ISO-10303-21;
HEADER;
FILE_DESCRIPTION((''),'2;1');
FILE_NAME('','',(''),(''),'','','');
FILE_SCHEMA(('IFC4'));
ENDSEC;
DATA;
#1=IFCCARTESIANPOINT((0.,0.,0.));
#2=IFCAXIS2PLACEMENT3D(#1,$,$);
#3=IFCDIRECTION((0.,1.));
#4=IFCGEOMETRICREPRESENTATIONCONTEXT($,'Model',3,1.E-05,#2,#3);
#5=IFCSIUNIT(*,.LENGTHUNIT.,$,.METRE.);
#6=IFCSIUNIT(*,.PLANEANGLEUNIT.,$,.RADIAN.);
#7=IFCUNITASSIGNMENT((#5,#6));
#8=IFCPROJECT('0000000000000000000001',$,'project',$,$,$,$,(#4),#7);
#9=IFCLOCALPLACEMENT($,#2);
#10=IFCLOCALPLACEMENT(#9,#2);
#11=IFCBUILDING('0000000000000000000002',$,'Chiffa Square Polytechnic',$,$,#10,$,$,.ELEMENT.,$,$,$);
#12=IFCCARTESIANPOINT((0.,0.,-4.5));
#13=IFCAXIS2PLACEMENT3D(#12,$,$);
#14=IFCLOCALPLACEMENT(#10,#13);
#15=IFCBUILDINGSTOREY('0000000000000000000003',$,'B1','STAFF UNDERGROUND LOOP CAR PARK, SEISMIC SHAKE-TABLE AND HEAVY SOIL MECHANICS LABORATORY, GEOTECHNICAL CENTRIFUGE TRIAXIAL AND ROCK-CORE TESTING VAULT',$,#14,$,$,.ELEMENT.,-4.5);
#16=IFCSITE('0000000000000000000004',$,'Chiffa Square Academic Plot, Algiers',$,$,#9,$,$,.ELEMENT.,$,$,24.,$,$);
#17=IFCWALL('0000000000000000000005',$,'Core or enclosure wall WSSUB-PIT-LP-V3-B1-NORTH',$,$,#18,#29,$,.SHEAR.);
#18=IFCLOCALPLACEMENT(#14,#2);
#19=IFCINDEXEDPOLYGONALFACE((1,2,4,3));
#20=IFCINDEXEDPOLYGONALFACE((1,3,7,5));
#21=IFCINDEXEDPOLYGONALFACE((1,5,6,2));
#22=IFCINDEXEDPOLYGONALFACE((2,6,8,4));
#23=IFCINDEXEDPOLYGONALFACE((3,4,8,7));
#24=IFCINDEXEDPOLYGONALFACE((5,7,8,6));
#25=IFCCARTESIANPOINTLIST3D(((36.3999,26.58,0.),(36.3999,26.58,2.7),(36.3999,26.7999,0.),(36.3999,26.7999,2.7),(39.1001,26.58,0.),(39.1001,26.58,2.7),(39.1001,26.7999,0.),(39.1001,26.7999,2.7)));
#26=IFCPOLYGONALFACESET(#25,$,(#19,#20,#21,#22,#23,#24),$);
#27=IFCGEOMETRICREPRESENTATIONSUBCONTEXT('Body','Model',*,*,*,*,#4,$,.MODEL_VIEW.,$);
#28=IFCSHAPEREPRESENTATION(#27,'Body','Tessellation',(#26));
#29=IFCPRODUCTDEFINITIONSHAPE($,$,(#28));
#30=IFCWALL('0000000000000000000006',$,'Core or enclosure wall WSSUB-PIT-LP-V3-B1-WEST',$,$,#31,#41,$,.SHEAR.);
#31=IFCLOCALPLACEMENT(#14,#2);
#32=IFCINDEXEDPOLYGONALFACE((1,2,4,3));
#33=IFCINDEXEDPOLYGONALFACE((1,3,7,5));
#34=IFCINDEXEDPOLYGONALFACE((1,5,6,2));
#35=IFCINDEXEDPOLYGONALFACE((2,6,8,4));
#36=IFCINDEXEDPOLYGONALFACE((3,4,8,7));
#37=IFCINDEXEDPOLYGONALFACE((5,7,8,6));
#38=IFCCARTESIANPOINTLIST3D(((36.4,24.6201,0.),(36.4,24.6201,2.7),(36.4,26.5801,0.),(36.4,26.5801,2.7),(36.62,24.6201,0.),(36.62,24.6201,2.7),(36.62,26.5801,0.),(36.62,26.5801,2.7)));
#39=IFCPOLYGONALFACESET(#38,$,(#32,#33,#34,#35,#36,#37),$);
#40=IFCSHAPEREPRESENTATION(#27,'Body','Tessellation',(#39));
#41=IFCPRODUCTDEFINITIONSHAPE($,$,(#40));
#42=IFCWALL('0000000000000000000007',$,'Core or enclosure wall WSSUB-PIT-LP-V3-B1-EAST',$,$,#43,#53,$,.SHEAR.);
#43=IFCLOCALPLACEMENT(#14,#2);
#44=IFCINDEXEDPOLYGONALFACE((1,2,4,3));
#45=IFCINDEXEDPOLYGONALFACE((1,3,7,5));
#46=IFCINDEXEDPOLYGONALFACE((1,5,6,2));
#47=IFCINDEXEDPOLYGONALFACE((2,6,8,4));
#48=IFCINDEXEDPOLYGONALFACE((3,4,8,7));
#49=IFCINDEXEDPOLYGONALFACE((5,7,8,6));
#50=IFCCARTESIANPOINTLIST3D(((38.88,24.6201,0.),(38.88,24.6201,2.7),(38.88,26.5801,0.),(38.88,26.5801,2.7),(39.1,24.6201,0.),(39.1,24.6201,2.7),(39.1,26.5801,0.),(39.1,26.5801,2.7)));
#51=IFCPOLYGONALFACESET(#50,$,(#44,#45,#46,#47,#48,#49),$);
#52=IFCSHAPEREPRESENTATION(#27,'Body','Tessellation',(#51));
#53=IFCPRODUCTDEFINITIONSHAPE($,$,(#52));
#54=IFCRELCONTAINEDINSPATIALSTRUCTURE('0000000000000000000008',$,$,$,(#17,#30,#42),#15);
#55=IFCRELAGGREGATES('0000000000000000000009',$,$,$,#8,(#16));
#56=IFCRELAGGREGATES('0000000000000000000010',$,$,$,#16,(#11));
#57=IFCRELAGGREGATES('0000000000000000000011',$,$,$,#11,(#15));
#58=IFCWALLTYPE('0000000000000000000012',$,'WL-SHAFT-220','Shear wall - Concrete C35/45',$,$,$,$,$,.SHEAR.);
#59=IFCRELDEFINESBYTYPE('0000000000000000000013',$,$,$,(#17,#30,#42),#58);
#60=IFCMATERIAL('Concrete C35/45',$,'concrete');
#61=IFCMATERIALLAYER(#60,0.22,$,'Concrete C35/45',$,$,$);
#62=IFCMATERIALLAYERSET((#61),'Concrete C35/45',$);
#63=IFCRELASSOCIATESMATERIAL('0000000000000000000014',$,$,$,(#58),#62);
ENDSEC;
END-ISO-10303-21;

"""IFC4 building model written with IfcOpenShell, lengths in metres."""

from ifc_helpers import new_model, si_unit, direction, frame, frame_2d, origin, place, context, subcontext, project, spatial, rectangle, extrude, material, layer, layer_set, type_object, element, save


model = new_model("IFC4")

# Units and contexts
model_context = context("Model", 3, precision=1e-05, world=origin(), true_north=direction((0.0, 1.0)))
body_context = subcontext(model_context, "Body", "Model", "MODEL_VIEW")
ifc_project = project(units=[si_unit("LENGTHUNIT", "METRE"), si_unit("PLANEANGLEUNIT", "RADIAN")], contexts=[model_context])

# Site, building, storey
site_placement = place(None, origin())
site = spatial("IfcSite", under=ifc_project, at=site_placement, Name="Chiffa Square Academic Plot, Algiers", CompositionType="ELEMENT", RefElevation=24.0)
building_placement = place(site_placement, origin())
building = spatial("IfcBuilding", under=site, at=building_placement, Name="Chiffa Square Polytechnic", CompositionType="ELEMENT")
storey_placement = place(building_placement, frame((0.0, 0.0, -4.5)))
storey = spatial("IfcBuildingStorey", under=building, at=storey_placement, Name="B1", Description="STAFF UNDERGROUND LOOP CAR PARK, SEISMIC SHAKE-TABLE AND HEAVY SOIL MECHANICS LABORATORY, GEOTECHNICAL CENTRIFUGE TRIAXIAL AND ROCK-CORE TESTING VAULT", CompositionType="ELEMENT", Elevation=-4.5)

# Shared definitions
ifc_material_1 = material(Name="Concrete C35/45", Category="concrete")

# Walls
ifc_layer_1 = layer(ifc_material_1, 0.22, Name="Concrete C35/45")
ifc_layer_set_1 = layer_set([ifc_layer_1], Name="Concrete C35/45")
wall_type_1 = type_object("IfcWallType", Name="WL-SHAFT-220", Description="Shear wall - Concrete C35/45", PredefinedType="SHEAR", material=ifc_layer_set_1)
for number, where, z_axis, x_axis, name in (
    (1, (36.3999, 26.6899, 0.0), (0.0, 0.0, 1.0), (1.0, 0.0, 0.0), "Core or enclosure wall WSSUB-PIT-LP-V3-B1-NORTH"),
):
    element("IfcWall", number, at=place(storey_placement, frame(where, z_axis=z_axis, x_axis=x_axis)), inside=storey, type_object=wall_type_1, Name=name, PredefinedType="SHEAR", context=body_context, shape_type="SweptSolid", body=[
        extrude(rectangle(XDim=2.7002, YDim=0.22, at=frame_2d((1.3501, 0.0))), origin(), (0.0, 0.0, 1.0), 2.7),
    ])
for number, where, z_axis, x_axis, name in (
    (2, (36.51, 24.6201, 0.0), (0.0, 0.0, 1.0), (0.0, 1.0, 0.0), "Core or enclosure wall WSSUB-PIT-LP-V3-B1-WEST"),
    (3, (38.99, 24.6201, 0.0), (0.0, 0.0, 1.0), (0.0, 1.0, 0.0), "Core or enclosure wall WSSUB-PIT-LP-V3-B1-EAST"),
):
    element("IfcWall", number, at=place(storey_placement, frame(where, z_axis=z_axis, x_axis=x_axis)), inside=storey, type_object=wall_type_1, Name=name, PredefinedType="SHEAR", context=body_context, shape_type="SweptSolid", body=[
        extrude(rectangle(XDim=1.96, YDim=0.22, at=frame_2d((0.98, 0.0))), origin(), (0.0, 0.0, 1.0), 2.7),
    ])

save(model, "model.ifc")
